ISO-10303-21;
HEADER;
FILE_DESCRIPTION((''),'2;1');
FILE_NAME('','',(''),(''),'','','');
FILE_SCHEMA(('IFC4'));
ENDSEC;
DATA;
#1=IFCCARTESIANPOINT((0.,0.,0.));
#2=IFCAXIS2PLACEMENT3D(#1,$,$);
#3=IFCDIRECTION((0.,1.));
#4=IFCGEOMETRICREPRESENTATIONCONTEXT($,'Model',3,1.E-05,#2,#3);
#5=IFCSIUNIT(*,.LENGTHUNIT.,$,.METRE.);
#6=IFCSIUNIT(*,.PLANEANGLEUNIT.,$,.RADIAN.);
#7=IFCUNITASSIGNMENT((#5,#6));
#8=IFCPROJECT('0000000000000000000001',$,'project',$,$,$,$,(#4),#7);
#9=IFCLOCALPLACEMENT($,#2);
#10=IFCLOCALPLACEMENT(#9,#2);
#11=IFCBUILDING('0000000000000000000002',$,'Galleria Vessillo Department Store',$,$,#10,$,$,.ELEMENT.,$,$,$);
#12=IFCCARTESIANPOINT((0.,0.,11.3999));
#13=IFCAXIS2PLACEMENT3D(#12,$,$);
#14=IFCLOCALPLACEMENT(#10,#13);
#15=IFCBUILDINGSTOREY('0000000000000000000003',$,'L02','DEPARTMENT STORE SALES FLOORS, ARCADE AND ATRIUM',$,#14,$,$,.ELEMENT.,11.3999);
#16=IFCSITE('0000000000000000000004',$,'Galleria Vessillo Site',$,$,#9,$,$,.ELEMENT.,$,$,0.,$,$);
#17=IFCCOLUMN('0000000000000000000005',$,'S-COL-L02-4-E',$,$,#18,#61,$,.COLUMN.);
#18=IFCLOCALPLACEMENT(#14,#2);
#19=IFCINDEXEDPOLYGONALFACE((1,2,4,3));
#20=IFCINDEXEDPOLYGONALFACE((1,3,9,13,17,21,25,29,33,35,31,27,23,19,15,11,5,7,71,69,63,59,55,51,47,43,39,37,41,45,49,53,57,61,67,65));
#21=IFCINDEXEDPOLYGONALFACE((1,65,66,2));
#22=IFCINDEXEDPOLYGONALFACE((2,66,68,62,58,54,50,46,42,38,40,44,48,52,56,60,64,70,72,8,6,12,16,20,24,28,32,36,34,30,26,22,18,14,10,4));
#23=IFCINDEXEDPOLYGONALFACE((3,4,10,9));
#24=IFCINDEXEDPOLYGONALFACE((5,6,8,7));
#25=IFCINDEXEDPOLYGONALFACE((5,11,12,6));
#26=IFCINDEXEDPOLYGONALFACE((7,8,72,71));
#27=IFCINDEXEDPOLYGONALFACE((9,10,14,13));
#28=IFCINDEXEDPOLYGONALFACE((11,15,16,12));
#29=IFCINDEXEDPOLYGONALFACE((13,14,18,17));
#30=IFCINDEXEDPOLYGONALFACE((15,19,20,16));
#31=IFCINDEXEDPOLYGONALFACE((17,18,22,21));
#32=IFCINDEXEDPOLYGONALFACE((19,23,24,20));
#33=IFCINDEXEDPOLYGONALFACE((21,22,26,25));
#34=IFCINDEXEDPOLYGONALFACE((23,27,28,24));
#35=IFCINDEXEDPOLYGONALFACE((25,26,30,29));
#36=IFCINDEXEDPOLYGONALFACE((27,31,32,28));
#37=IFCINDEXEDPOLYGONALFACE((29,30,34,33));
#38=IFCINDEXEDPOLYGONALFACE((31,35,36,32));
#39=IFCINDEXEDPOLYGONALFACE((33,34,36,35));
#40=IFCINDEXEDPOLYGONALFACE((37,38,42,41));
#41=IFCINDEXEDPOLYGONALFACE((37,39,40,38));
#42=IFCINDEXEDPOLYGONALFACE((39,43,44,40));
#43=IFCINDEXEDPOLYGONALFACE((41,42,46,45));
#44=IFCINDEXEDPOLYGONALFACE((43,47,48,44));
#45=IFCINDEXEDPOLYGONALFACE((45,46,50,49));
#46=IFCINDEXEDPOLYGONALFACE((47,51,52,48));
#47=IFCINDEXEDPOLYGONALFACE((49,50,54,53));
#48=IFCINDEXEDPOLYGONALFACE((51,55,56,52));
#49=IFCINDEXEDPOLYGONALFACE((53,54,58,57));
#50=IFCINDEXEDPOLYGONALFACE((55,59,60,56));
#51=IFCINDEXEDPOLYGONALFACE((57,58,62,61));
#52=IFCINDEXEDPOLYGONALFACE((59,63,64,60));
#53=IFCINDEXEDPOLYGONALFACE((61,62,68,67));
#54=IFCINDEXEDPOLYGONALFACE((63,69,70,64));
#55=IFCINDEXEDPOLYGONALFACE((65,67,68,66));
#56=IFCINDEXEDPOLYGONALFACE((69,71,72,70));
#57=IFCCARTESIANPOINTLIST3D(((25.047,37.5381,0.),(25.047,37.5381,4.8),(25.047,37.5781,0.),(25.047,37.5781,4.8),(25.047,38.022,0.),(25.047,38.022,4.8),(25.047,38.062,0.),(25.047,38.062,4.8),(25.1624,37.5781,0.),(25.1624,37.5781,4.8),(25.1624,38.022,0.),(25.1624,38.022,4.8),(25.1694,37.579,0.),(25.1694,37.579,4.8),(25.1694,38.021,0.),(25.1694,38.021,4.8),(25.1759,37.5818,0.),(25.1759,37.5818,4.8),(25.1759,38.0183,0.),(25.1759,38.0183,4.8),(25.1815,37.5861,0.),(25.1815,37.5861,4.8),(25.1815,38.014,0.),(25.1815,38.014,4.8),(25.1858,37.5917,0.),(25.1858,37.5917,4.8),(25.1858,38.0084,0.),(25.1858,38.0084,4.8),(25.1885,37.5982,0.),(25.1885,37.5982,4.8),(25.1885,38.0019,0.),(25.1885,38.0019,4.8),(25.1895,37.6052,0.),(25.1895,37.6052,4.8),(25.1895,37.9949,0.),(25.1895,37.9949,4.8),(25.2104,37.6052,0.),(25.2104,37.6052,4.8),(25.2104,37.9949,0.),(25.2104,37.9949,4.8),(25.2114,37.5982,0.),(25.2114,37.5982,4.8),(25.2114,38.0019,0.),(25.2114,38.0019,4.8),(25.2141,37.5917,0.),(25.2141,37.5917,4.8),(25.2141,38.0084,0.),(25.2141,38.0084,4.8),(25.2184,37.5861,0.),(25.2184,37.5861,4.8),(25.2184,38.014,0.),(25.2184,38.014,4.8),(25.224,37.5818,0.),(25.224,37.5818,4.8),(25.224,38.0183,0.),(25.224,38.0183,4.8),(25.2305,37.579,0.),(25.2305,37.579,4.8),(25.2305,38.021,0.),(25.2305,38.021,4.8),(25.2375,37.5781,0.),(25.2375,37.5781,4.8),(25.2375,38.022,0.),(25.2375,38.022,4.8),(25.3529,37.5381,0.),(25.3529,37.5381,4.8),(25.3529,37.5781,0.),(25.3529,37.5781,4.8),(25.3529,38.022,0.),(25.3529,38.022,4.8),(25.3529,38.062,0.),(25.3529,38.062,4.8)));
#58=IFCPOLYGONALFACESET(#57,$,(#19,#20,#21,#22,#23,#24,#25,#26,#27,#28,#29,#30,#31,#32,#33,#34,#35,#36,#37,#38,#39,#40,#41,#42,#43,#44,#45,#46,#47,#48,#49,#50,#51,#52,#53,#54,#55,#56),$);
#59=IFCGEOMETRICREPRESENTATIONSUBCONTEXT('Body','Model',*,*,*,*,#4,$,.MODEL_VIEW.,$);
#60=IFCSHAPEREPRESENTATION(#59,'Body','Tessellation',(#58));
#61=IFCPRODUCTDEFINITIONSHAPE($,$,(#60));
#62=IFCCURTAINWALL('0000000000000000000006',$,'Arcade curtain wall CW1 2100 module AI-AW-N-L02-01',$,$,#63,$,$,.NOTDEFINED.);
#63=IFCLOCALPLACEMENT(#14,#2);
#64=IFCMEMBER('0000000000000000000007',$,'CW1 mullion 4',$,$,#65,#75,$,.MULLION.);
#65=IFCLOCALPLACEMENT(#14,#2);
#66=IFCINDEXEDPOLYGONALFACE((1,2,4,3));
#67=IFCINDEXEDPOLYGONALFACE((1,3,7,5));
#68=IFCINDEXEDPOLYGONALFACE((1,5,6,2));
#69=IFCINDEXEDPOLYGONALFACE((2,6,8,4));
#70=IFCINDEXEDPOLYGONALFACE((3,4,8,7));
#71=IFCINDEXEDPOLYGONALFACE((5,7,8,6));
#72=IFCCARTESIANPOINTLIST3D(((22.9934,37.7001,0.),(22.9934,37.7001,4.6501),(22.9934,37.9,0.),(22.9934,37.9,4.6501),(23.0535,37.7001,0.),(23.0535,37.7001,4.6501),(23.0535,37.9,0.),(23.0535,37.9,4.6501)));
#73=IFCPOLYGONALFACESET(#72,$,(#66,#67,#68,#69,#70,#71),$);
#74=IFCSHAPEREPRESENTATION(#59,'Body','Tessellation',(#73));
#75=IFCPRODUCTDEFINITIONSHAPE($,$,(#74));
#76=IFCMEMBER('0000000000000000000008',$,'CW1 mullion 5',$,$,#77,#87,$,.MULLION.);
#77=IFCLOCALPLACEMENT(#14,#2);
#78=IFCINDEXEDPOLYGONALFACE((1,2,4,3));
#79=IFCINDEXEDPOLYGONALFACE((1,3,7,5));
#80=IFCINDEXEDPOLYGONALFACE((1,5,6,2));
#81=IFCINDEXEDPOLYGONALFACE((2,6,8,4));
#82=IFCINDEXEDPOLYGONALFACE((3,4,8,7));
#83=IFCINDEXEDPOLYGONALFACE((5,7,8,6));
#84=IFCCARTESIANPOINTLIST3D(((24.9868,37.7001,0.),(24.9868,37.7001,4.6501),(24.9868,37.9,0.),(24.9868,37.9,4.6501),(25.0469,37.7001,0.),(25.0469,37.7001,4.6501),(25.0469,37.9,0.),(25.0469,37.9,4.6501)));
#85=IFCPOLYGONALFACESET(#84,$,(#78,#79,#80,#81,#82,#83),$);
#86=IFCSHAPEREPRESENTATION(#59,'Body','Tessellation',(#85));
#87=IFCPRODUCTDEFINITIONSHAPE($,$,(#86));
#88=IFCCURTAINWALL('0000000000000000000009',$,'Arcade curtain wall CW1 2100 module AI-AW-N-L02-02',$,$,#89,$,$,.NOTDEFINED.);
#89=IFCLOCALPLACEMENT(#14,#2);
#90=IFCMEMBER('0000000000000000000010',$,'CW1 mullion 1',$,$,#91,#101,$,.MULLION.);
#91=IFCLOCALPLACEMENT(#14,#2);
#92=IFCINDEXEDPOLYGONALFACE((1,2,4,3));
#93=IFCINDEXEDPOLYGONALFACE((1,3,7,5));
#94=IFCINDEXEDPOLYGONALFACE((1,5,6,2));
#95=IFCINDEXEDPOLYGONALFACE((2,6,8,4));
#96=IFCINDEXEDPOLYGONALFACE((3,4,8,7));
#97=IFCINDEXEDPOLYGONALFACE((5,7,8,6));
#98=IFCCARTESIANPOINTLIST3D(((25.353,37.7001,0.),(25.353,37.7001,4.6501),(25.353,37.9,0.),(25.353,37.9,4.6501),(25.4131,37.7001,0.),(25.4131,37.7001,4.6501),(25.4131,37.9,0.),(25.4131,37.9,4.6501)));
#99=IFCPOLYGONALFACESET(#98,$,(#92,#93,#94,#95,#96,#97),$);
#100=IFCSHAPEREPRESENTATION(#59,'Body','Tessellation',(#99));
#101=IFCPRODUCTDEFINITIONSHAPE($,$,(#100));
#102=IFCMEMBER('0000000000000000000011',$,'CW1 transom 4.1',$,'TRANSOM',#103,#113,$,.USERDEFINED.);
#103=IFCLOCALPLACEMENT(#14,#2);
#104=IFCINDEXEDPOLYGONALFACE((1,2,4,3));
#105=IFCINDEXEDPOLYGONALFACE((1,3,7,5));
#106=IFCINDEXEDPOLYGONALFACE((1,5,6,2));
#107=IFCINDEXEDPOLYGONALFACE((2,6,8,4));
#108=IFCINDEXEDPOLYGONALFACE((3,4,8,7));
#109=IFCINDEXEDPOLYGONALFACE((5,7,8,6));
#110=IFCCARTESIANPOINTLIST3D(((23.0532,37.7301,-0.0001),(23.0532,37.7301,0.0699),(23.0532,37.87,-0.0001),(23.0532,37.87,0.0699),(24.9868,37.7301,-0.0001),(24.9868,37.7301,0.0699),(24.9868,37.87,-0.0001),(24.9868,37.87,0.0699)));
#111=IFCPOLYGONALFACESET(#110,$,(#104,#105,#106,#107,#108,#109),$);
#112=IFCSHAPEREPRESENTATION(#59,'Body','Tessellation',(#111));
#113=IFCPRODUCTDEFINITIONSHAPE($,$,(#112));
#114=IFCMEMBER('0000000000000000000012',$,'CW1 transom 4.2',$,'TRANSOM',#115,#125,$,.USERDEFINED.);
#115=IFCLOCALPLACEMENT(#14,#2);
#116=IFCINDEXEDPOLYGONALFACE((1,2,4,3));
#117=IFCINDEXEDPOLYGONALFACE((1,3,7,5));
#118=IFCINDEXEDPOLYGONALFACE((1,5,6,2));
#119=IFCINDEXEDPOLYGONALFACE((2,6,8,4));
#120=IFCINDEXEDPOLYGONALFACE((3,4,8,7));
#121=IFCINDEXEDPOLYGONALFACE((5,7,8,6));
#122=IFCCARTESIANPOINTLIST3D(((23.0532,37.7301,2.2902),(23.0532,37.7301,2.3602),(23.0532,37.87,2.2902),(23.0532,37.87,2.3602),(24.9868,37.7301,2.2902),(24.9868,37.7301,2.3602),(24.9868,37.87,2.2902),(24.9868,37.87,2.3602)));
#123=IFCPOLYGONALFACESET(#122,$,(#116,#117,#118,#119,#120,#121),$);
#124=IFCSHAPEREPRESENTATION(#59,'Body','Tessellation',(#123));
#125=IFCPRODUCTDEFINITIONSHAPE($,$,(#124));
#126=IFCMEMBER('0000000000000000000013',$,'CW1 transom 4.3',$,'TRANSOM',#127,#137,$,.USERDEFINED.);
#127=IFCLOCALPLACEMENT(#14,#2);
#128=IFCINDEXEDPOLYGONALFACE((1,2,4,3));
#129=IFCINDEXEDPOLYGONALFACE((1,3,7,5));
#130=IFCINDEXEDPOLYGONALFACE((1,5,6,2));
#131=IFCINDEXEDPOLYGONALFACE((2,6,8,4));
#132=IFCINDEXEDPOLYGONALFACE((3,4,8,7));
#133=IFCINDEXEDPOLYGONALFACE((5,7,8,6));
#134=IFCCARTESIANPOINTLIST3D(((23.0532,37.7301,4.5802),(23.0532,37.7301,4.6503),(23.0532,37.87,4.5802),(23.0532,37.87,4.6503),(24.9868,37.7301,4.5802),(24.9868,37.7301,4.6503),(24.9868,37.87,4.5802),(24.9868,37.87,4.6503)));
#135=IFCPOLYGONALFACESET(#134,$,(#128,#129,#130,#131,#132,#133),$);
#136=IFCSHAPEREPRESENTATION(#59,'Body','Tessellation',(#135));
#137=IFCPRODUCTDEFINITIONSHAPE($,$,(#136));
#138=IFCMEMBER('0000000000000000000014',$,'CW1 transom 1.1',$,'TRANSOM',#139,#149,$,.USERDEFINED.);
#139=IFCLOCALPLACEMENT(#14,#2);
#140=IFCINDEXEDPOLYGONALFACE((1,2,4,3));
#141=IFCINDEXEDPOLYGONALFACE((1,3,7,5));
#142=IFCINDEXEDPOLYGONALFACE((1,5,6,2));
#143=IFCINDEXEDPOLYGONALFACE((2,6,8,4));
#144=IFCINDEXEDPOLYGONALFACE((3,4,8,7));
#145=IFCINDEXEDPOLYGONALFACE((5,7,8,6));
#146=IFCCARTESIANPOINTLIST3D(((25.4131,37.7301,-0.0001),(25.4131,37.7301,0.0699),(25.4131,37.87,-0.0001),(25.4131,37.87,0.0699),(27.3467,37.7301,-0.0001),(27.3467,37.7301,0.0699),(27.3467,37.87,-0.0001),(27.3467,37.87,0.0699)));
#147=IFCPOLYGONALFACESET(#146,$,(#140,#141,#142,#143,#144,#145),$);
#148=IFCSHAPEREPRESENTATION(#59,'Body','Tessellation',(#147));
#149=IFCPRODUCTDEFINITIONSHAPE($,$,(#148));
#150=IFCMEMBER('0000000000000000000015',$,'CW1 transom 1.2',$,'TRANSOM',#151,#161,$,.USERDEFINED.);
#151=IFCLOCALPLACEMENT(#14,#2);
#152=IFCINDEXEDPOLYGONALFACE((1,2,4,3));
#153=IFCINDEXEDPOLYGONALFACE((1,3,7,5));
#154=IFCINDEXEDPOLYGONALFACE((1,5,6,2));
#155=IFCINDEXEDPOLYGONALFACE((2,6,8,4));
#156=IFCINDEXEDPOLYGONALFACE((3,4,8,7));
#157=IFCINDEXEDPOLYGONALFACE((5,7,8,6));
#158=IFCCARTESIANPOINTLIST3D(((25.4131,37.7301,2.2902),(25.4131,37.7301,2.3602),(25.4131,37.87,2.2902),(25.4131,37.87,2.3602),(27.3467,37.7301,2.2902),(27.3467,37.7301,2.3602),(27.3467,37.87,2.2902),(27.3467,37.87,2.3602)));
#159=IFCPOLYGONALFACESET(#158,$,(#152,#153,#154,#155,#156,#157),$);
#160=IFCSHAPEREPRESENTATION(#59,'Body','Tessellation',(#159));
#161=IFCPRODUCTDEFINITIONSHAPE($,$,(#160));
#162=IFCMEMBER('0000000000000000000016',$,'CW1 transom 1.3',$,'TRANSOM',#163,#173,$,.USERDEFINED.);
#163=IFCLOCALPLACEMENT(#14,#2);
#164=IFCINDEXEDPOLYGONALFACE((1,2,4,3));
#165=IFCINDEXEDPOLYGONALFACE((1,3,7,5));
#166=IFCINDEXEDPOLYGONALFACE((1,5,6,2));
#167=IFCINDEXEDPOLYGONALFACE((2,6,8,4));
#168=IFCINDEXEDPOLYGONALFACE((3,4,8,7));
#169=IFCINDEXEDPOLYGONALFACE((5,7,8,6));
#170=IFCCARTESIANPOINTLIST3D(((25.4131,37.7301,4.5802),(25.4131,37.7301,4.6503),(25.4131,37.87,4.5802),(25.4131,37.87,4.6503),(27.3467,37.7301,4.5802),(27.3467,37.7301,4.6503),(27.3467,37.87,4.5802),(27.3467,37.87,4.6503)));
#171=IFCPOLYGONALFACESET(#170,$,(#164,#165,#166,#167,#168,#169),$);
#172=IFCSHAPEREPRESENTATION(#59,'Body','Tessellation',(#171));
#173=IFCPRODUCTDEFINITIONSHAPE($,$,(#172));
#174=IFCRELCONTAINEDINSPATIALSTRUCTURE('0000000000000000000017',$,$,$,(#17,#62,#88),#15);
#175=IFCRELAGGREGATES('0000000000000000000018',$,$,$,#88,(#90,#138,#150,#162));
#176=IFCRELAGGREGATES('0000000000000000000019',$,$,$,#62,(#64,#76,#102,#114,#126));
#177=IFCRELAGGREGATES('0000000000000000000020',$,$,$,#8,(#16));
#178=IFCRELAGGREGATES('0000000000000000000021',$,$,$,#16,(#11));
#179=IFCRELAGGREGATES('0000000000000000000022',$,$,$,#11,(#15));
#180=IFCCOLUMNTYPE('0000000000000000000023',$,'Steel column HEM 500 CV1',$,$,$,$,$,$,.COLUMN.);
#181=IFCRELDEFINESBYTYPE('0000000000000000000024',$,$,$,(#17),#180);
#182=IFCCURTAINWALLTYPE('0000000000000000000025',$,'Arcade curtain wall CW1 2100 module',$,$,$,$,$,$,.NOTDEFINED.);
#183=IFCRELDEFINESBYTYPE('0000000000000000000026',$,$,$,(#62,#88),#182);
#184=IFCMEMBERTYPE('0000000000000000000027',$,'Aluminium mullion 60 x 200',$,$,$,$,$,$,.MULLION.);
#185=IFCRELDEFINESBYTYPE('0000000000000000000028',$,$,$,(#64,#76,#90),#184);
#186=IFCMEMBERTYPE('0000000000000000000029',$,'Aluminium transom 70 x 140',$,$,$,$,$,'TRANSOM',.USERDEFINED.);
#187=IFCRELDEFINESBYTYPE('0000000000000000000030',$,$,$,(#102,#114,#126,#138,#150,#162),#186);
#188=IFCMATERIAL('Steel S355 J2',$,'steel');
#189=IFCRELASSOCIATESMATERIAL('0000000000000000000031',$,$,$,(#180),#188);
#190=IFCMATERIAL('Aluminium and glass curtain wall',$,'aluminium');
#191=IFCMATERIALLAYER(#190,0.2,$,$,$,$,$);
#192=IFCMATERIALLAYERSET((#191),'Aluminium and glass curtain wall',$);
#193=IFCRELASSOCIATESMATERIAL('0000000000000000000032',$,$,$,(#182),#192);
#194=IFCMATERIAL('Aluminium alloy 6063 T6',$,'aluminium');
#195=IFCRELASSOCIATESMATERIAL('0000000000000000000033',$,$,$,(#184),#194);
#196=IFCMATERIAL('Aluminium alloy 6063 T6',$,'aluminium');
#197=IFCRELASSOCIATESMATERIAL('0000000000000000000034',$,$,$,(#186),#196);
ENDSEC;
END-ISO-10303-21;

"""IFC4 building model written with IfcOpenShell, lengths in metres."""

from ifc_helpers import new_model, si_unit, direction, frame, origin, origin_2d, place, context, subcontext, project, spatial, rectangle, i_section, extrude, material, layer, layer_set, material_profile, profile_set, type_object, element, aggregate, save


model = new_model("IFC4")

# Units and contexts
model_context = context("Model", 3, precision=1e-05, world=origin(), true_north=direction((0.0, 1.0)))
body_context = subcontext(model_context, "Body", "Model", "MODEL_VIEW")
ifc_project = project(units=[si_unit("LENGTHUNIT", "METRE"), si_unit("PLANEANGLEUNIT", "RADIAN")], contexts=[model_context])

# Site, building, storey
site_placement = place(None, origin())
site = spatial("IfcSite", under=ifc_project, at=site_placement, Name="Galleria Vessillo Site", CompositionType="ELEMENT", RefElevation=0.0)
building_placement = place(site_placement, origin())
building = spatial("IfcBuilding", under=site, at=building_placement, Name="Galleria Vessillo Department Store", CompositionType="ELEMENT")
storey_placement = place(building_placement, frame((0.0, 0.0, 11.3999)))
storey = spatial("IfcBuildingStorey", under=building, at=storey_placement, Name="L02", Description="DEPARTMENT STORE SALES FLOORS, ARCADE AND ATRIUM", CompositionType="ELEMENT", Elevation=11.3999)

# Column
ifc_material_1 = material(Name="Steel S355 J2", Category="steel")
ifc_material_profile_1 = material_profile(ifc_material_1, i_section(OverallWidth=0.3059, OverallDepth=0.5239, WebThickness=0.021, FlangeThickness=0.04, FilletRadius=0.0271, at=origin_2d()), Name="HEM 500")
ifc_profile_set_1 = profile_set([ifc_material_profile_1], Name="Steel S355 J2")
column_type = type_object("IfcColumnType", Name="Steel column HEM 500 CV1", PredefinedType="COLUMN", material=ifc_profile_set_1)
column_placement = place(storey_placement, frame((25.2, 37.8, 0.0), z_axis=(0.0, 0.0, 1.0), x_axis=(1.0, 0.0, 0.0)))
element("IfcColumn", 1, at=column_placement, inside=storey, type_object=column_type, Name="S-COL-L02-4-E", PredefinedType="COLUMN", context=body_context, shape_type="SweptSolid", body=[
    extrude(i_section(OverallWidth=0.3059, OverallDepth=0.5239, WebThickness=0.021, FlangeThickness=0.04, FilletRadius=0.0271, at=origin_2d()), origin(), (0.0, 0.0, 1.0), 4.8),
])

# Curtain wall, members
ifc_material_2 = material(Name="Aluminium and glass curtain wall", Category="aluminium")
ifc_layer_1 = layer(ifc_material_2, 0.2)
ifc_layer_set_1 = layer_set([ifc_layer_1], Name="Aluminium and glass curtain wall")
curtain_wall_type = type_object("IfcCurtainWallType", Name="Arcade curtain wall CW1 2100 module", PredefinedType="NOTDEFINED", material=ifc_layer_set_1)
curtain_wall_1_placement = place(storey_placement, origin())
curtain_wall_1 = element("IfcCurtainWall", 2, at=curtain_wall_1_placement, inside=storey, type_object=curtain_wall_type, Name="Arcade curtain wall CW1 2100 module AI-AW-N-L02-01", PredefinedType="NOTDEFINED")
ifc_material_3 = material(Name="Aluminium alloy 6063 T6", Category="aluminium")
ifc_material_profile_2 = material_profile(ifc_material_3, rectangle(XDim=0.2, YDim=0.0601, at=origin_2d()), Name="AL 60x200")
ifc_profile_set_2 = profile_set([ifc_material_profile_2], Name="Aluminium alloy 6063 T6")
member_type_1 = type_object("IfcMemberType", Name="Aluminium mullion 60 x 200", PredefinedType="MULLION", material=ifc_profile_set_2)
member_1_placement = place(storey_placement, frame((23.0234, 37.8, 0.0), z_axis=(0.0, 0.0, 1.0), x_axis=(0.0, 1.0, 0.0)))
member_1 = element("IfcMember", 3, at=member_1_placement, type_object=member_type_1, Name="CW1 mullion 4", PredefinedType="MULLION", context=body_context, shape_type="SweptSolid", body=[
    extrude(rectangle(XDim=0.2, YDim=0.0601, at=origin_2d()), origin(), (0.0, 0.0, 1.0), 4.6501),
])
member_2_placement = place(storey_placement, frame((25.0168, 37.8, 0.0), z_axis=(0.0, 0.0, 1.0), x_axis=(0.0, 1.0, 0.0)))
member_2 = element("IfcMember", 4, at=member_2_placement, type_object=member_type_1, Name="CW1 mullion 5", PredefinedType="MULLION", context=body_context, shape_type="SweptSolid", body=[
    extrude(rectangle(XDim=0.2, YDim=0.0601, at=origin_2d()), origin(), (0.0, 0.0, 1.0), 4.6501),
])

# Curtain wall, member
curtain_wall_2_placement = place(storey_placement, origin())
curtain_wall_2 = element("IfcCurtainWall", 5, at=curtain_wall_2_placement, inside=storey, type_object=curtain_wall_type, Name="Arcade curtain wall CW1 2100 module AI-AW-N-L02-02", PredefinedType="NOTDEFINED")
member_3_placement = place(storey_placement, frame((25.3831, 37.8, 0.0), z_axis=(0.0, 0.0, 1.0), x_axis=(0.0, 1.0, 0.0)))
member_3 = element("IfcMember", 6, at=member_3_placement, type_object=member_type_1, Name="CW1 mullion 1", PredefinedType="MULLION", context=body_context, shape_type="SweptSolid", body=[
    extrude(rectangle(XDim=0.2, YDim=0.0601, at=origin_2d()), origin(), (0.0, 0.0, 1.0), 4.6501),
])

# Members
ifc_material_4 = material(Name="Aluminium alloy 6063 T6", Category="aluminium")
ifc_material_profile_3 = material_profile(ifc_material_4, rectangle(XDim=0.1399, YDim=0.0701, at=origin_2d()), Name="AL 70x140")
ifc_profile_set_3 = profile_set([ifc_material_profile_3], Name="Aluminium alloy 6063 T6")
member_type_2 = type_object("IfcMemberType", Name="Aluminium transom 70 x 140", ElementType="TRANSOM", PredefinedType="USERDEFINED", material=ifc_profile_set_3)
member_4_placement = place(storey_placement, frame((23.0532, 37.8, 0.0349), z_axis=(1.0, 0.0, 0.0), x_axis=(0.0, 1.0, 0.0)))
member_4 = element("IfcMember", 7, at=member_4_placement, type_object=member_type_2, Name="CW1 transom 4.1", ObjectType="TRANSOM", PredefinedType="USERDEFINED", context=body_context, shape_type="SweptSolid", body=[
    extrude(rectangle(XDim=0.1399, YDim=0.0701, at=origin_2d()), origin(), (0.0, 0.0, 1.0), 1.9336),
])
member_5_placement = place(storey_placement, frame((23.0532, 37.8, 2.3252), z_axis=(1.0, 0.0, 0.0), x_axis=(0.0, 1.0, 0.0)))
member_5 = element("IfcMember", 8, at=member_5_placement, type_object=member_type_2, Name="CW1 transom 4.2", ObjectType="TRANSOM", PredefinedType="USERDEFINED", context=body_context, shape_type="SweptSolid", body=[
    extrude(rectangle(XDim=0.1399, YDim=0.0701, at=origin_2d()), origin(), (0.0, 0.0, 1.0), 1.9336),
])
member_6_placement = place(storey_placement, frame((23.0532, 37.8, 4.6152), z_axis=(1.0, 0.0, 0.0), x_axis=(0.0, 1.0, 0.0)))
member_6 = element("IfcMember", 9, at=member_6_placement, type_object=member_type_2, Name="CW1 transom 4.3", ObjectType="TRANSOM", PredefinedType="USERDEFINED", context=body_context, shape_type="SweptSolid", body=[
    extrude(rectangle(XDim=0.1399, YDim=0.0701, at=origin_2d()), origin(), (0.0, 0.0, 1.0), 1.9336),
])
member_7_placement = place(storey_placement, frame((25.4131, 37.8, 0.0349), z_axis=(1.0, 0.0, 0.0), x_axis=(0.0, 1.0, 0.0)))
member_7 = element("IfcMember", 10, at=member_7_placement, type_object=member_type_2, Name="CW1 transom 1.1", ObjectType="TRANSOM", PredefinedType="USERDEFINED", context=body_context, shape_type="SweptSolid", body=[
    extrude(rectangle(XDim=0.1399, YDim=0.0701, at=origin_2d()), origin(), (0.0, 0.0, 1.0), 1.9336),
])
member_8_placement = place(storey_placement, frame((25.4131, 37.8, 2.3252), z_axis=(1.0, 0.0, 0.0), x_axis=(0.0, 1.0, 0.0)))
member_8 = element("IfcMember", 11, at=member_8_placement, type_object=member_type_2, Name="CW1 transom 1.2", ObjectType="TRANSOM", PredefinedType="USERDEFINED", context=body_context, shape_type="SweptSolid", body=[
    extrude(rectangle(XDim=0.1399, YDim=0.0701, at=origin_2d()), origin(), (0.0, 0.0, 1.0), 1.9336),
])
member_9_placement = place(storey_placement, frame((25.4131, 37.8, 4.6152), z_axis=(1.0, 0.0, 0.0), x_axis=(0.0, 1.0, 0.0)))
member_9 = element("IfcMember", 12, at=member_9_placement, type_object=member_type_2, Name="CW1 transom 1.3", ObjectType="TRANSOM", PredefinedType="USERDEFINED", context=body_context, shape_type="SweptSolid", body=[
    extrude(rectangle(XDim=0.1399, YDim=0.0701, at=origin_2d()), origin(), (0.0, 0.0, 1.0), 1.9336),
])
aggregate(curtain_wall_2, [member_3, member_7, member_8, member_9])

aggregate(curtain_wall_1, [member_1, member_2, member_4, member_5, member_6])

save(model, "model.ifc")
